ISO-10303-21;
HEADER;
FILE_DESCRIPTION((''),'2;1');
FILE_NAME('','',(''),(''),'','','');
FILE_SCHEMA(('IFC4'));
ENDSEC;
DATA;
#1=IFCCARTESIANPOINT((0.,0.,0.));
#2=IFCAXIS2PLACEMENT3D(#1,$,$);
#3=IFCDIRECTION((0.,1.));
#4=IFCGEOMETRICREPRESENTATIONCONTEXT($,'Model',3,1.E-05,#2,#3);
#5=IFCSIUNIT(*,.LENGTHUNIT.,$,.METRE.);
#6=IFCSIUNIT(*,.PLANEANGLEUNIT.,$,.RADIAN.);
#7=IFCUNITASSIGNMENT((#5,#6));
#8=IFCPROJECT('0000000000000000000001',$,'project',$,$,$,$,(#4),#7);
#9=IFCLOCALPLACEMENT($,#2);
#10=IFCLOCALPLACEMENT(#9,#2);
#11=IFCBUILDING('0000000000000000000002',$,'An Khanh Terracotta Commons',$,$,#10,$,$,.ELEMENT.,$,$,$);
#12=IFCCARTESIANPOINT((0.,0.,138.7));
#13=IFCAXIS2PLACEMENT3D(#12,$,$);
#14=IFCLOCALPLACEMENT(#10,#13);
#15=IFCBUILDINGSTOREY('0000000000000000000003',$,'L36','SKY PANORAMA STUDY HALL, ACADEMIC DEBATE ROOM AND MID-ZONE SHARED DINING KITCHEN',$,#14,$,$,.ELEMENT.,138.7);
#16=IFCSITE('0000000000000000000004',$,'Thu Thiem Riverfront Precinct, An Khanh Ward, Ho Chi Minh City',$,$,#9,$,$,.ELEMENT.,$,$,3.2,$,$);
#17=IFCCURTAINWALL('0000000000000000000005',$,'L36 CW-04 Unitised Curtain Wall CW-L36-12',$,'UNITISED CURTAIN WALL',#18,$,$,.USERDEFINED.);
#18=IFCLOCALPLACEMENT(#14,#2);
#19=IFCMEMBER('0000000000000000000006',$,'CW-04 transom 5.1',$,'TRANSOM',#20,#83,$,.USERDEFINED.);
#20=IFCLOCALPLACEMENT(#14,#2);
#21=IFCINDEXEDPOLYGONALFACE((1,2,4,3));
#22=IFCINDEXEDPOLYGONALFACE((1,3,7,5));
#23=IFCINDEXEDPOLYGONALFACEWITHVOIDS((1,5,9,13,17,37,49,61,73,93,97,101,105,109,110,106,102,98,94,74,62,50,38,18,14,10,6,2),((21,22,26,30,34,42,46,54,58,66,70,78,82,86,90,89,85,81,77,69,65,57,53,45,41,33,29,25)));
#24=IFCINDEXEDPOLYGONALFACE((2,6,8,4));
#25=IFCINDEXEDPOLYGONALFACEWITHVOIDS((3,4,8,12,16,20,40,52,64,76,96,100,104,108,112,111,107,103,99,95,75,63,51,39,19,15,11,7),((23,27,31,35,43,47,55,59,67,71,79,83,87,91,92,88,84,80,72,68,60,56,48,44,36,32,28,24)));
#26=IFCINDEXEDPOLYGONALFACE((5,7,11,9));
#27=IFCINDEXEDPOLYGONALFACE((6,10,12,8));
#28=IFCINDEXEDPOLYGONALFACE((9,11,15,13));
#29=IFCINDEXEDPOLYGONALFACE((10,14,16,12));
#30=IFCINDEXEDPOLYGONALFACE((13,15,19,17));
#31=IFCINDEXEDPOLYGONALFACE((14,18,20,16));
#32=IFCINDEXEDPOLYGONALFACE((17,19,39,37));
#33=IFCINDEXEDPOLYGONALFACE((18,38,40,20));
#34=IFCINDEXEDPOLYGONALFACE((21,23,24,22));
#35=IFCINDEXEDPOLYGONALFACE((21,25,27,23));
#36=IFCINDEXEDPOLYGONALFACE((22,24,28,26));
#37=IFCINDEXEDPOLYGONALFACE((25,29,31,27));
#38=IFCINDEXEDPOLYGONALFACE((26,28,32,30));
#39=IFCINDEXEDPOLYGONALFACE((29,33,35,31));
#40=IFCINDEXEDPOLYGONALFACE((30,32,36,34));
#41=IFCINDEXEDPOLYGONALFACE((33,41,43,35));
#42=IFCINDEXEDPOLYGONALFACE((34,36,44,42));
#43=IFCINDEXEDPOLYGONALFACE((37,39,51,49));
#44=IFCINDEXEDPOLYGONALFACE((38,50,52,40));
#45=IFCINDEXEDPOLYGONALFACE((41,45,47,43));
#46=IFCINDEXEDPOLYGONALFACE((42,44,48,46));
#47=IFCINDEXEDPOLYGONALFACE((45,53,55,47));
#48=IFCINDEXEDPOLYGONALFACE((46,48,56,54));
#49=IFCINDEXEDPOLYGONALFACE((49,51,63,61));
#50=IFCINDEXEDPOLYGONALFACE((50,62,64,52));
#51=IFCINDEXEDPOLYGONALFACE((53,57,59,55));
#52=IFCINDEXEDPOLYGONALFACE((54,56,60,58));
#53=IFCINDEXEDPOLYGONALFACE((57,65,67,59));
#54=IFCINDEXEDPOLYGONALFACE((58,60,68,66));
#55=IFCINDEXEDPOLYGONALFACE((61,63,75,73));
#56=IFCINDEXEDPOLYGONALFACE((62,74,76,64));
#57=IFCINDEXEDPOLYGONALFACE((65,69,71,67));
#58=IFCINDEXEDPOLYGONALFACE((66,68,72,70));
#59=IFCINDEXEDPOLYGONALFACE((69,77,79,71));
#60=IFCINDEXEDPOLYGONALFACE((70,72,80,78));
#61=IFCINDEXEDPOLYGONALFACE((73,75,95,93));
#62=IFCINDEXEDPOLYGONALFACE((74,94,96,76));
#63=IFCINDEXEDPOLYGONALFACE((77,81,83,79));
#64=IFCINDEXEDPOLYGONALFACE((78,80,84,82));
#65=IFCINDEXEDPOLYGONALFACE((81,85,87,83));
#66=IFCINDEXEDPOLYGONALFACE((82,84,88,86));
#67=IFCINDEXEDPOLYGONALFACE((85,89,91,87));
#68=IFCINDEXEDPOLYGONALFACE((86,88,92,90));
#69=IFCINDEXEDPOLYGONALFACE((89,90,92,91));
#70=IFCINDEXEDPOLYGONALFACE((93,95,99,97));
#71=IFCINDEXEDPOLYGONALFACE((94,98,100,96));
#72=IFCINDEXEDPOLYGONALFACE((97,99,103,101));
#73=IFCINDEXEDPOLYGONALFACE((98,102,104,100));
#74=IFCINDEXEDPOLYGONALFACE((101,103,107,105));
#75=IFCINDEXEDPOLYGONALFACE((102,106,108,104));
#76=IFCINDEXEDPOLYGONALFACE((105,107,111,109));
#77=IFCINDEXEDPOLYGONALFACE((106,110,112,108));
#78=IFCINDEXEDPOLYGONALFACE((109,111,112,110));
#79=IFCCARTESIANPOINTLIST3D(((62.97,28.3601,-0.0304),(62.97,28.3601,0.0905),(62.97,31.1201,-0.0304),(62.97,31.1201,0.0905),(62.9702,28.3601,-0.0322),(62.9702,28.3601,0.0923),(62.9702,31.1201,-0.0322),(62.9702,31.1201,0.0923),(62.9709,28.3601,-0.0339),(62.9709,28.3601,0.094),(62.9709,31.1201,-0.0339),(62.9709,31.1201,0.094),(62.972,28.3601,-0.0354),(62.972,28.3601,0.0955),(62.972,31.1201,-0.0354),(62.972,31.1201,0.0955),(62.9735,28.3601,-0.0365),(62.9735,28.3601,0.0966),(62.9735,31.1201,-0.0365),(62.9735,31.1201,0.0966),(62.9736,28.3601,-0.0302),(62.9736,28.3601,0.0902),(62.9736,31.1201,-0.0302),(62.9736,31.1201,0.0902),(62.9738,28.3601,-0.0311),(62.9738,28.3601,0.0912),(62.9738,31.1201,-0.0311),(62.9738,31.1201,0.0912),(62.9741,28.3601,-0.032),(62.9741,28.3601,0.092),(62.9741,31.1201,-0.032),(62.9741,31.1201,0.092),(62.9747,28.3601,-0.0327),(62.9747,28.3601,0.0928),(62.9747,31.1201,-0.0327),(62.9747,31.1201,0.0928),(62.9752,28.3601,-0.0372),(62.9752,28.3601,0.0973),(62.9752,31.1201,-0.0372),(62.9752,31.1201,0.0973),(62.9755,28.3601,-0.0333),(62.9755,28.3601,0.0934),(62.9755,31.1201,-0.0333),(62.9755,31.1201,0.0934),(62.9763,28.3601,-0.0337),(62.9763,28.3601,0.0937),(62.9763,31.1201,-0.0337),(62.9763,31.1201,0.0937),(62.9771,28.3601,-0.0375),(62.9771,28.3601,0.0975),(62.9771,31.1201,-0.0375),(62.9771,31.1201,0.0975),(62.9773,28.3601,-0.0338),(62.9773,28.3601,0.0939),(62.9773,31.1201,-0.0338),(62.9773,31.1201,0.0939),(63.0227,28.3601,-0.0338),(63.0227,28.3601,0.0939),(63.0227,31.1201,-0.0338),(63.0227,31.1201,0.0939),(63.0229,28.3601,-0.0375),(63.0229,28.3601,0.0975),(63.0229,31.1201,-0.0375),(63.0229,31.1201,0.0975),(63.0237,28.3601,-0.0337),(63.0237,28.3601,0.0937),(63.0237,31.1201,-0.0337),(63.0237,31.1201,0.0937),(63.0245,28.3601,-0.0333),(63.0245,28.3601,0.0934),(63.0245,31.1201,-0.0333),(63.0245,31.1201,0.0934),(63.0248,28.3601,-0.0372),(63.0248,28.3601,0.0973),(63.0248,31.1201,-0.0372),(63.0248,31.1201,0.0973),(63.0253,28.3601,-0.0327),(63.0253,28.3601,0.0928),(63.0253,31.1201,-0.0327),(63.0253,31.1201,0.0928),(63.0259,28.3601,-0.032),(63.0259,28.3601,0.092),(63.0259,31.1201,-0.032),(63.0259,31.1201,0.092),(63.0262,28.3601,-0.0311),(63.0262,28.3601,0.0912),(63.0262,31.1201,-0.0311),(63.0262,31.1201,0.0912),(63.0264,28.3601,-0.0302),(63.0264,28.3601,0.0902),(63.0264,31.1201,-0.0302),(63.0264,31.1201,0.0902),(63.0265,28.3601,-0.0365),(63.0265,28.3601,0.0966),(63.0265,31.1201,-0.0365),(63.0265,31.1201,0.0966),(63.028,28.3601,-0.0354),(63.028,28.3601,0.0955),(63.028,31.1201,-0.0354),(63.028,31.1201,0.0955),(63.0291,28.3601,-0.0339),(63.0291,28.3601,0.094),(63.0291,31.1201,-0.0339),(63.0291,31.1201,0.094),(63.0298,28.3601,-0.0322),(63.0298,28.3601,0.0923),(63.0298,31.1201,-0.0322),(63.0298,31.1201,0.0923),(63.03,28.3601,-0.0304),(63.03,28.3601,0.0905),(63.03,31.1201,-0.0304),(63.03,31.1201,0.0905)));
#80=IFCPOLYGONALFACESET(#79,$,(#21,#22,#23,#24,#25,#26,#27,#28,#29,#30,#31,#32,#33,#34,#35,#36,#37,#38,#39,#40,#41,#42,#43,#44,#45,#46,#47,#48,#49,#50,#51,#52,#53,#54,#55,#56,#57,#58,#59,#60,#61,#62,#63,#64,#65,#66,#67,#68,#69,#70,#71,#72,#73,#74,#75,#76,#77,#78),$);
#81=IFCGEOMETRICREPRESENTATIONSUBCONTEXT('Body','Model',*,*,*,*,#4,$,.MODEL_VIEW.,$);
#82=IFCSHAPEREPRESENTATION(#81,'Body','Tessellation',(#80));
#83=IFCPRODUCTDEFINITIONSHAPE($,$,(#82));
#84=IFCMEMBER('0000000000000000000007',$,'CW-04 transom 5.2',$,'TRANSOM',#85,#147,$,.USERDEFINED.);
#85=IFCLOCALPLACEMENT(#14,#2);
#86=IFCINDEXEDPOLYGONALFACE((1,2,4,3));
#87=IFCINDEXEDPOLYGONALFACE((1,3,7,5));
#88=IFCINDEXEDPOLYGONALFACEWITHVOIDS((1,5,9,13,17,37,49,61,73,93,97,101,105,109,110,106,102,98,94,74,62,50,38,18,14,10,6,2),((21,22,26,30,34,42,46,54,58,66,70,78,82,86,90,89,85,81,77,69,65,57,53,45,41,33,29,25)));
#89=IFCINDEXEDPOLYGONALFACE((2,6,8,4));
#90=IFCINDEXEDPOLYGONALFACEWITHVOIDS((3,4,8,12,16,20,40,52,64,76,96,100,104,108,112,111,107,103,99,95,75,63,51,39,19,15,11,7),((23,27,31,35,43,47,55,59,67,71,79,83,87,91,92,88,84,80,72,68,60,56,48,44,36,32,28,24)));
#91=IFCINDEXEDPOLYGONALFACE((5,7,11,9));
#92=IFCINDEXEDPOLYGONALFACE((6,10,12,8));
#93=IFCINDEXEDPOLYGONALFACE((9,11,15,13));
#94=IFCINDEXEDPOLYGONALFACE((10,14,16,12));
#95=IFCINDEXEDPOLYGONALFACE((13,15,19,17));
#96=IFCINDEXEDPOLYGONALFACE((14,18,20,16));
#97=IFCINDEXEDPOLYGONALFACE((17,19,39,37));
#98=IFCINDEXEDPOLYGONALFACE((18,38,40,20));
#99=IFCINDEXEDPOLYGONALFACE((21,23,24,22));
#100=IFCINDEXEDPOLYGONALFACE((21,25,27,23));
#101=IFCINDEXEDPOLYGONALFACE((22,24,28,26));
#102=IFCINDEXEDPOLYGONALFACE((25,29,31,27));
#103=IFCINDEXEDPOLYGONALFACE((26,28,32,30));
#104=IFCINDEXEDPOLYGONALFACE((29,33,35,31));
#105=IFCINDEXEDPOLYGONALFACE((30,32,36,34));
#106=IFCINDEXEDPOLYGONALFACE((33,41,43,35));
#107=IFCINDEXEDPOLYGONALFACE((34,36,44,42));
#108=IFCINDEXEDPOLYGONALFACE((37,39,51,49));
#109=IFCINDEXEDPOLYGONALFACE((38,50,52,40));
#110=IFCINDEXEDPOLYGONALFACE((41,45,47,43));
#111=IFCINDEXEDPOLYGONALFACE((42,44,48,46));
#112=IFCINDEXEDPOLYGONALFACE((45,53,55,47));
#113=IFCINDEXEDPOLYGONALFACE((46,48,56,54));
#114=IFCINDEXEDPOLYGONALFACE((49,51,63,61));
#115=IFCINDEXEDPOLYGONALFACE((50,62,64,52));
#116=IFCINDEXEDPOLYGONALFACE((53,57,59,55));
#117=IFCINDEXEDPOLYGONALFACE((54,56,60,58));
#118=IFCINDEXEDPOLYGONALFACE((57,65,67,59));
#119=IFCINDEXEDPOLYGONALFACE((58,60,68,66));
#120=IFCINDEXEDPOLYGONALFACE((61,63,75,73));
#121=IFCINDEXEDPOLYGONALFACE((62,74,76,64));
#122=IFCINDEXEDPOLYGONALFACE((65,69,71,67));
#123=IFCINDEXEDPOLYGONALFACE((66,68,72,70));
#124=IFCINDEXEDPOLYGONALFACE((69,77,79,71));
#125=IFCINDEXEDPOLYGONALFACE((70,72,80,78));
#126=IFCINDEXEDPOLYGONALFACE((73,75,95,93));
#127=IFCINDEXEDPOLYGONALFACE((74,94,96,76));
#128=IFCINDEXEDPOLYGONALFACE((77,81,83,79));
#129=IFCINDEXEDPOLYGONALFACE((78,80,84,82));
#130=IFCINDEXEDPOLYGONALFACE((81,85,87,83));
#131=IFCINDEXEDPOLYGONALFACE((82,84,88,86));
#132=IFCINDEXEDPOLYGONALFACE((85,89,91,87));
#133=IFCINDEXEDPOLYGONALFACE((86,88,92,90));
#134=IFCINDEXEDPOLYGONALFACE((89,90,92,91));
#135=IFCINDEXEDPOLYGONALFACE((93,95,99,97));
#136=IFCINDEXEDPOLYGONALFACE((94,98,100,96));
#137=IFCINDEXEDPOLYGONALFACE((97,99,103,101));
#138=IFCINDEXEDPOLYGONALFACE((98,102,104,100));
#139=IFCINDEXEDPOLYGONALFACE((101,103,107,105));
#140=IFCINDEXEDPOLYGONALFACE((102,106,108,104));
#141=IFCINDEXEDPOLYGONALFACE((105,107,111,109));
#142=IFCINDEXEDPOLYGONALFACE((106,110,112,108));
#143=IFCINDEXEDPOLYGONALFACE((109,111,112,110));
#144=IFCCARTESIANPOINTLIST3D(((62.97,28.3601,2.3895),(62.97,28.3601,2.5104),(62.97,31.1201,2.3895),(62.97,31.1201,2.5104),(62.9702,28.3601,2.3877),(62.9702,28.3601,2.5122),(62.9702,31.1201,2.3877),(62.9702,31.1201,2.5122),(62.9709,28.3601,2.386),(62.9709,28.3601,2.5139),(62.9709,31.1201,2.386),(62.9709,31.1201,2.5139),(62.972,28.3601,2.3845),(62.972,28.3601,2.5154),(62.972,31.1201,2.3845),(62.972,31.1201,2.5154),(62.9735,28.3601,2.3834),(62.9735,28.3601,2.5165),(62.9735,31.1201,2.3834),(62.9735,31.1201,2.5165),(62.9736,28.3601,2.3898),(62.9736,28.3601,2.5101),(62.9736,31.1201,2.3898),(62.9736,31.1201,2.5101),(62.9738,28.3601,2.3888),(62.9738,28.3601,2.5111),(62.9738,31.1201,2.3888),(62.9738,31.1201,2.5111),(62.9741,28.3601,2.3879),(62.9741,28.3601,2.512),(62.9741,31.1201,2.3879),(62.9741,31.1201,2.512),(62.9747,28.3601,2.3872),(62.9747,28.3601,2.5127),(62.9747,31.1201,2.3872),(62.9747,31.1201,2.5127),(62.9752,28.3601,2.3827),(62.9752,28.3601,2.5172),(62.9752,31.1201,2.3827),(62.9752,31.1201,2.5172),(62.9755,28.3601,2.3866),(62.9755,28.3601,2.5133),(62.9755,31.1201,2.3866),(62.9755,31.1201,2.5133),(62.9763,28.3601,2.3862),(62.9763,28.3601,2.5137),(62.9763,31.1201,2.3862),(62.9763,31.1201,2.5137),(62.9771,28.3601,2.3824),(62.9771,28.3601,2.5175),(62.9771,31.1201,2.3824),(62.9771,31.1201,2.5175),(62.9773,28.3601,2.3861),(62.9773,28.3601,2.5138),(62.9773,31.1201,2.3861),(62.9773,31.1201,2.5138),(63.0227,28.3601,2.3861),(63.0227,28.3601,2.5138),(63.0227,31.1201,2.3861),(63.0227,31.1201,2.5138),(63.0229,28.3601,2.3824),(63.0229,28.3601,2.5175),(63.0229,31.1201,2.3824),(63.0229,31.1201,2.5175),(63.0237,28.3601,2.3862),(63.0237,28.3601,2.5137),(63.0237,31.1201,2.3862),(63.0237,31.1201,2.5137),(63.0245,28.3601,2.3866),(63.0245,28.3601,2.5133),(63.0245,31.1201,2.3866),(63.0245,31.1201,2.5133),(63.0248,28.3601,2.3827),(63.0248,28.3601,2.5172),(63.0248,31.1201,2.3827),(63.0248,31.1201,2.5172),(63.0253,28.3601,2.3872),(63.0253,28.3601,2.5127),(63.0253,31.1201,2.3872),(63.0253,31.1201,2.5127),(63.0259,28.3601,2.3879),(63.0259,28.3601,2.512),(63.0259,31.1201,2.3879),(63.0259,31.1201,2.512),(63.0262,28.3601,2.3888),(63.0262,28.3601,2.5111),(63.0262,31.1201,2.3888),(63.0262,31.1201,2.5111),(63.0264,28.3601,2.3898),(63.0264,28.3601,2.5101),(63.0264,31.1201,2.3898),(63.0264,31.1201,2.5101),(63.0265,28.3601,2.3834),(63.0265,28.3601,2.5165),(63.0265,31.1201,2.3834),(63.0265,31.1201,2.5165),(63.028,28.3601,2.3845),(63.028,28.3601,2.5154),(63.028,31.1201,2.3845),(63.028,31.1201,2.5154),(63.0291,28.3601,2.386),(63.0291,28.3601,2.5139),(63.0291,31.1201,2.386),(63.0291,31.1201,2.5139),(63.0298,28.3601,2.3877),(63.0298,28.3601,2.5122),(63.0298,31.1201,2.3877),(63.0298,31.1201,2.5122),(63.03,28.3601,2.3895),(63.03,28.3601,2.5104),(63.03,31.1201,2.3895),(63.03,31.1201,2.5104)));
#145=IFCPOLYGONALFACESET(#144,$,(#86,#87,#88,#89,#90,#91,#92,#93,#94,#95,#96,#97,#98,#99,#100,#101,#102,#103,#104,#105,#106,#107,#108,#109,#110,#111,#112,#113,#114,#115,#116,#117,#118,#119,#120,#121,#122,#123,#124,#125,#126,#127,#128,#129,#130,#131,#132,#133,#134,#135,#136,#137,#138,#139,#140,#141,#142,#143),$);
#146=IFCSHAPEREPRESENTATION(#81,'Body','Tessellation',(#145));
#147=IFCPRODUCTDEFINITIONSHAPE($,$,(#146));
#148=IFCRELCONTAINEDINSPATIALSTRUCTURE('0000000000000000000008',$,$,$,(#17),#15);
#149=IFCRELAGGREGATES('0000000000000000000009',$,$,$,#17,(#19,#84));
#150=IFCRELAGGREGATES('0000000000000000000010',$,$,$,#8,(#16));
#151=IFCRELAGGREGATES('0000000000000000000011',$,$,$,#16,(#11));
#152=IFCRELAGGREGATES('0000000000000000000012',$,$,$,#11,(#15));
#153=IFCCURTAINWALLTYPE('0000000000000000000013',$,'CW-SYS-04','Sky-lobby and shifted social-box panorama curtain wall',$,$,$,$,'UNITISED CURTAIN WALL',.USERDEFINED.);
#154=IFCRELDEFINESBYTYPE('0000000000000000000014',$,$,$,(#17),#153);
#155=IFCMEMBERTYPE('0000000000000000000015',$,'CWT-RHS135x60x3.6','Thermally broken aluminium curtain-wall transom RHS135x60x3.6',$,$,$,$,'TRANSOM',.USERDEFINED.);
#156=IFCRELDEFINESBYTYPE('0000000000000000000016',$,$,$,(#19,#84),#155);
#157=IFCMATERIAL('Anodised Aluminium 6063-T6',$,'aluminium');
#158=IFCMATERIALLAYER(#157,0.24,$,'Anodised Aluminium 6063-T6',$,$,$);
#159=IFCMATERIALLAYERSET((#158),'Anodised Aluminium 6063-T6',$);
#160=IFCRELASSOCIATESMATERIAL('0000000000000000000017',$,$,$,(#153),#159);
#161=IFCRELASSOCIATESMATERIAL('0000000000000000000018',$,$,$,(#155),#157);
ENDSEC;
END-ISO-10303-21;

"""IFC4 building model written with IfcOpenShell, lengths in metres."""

from ifc_helpers import new_model, si_unit, direction, frame, origin, origin_2d, place, context, subcontext, project, spatial, hollow_rectangle, extrude, material, layer, layer_set, material_profile, profile_set, type_object, element, aggregate, save


model = new_model("IFC4")

# Units and contexts
model_context = context("Model", 3, precision=1e-05, world=origin(), true_north=direction((0.0, 1.0)))
body_context = subcontext(model_context, "Body", "Model", "MODEL_VIEW")
ifc_project = project(units=[si_unit("LENGTHUNIT", "METRE"), si_unit("PLANEANGLEUNIT", "RADIAN")], contexts=[model_context])

# Site, building, storey
site_placement = place(None, origin())
site = spatial("IfcSite", under=ifc_project, at=site_placement, Name="Thu Thiem Riverfront Precinct, An Khanh Ward, Ho Chi Minh City", CompositionType="ELEMENT", RefElevation=3.2)
building_placement = place(site_placement, origin())
building = spatial("IfcBuilding", under=site, at=building_placement, Name="An Khanh Terracotta Commons", CompositionType="ELEMENT")
storey_placement = place(building_placement, frame((0.0, 0.0, 138.7)))
storey = spatial("IfcBuildingStorey", under=building, at=storey_placement, Name="L36", Description="SKY PANORAMA STUDY HALL, ACADEMIC DEBATE ROOM AND MID-ZONE SHARED DINING KITCHEN", CompositionType="ELEMENT", Elevation=138.7)

# Curtain wall
ifc_material_1 = material(Name="Anodised Aluminium 6063-T6", Category="aluminium")
ifc_layer_1 = layer(ifc_material_1, 0.24, Name="Anodised Aluminium 6063-T6")
ifc_layer_set_1 = layer_set([ifc_layer_1], Name="Anodised Aluminium 6063-T6")
curtain_wall_type = type_object("IfcCurtainWallType", Name="CW-SYS-04", Description="Sky-lobby and shifted social-box panorama curtain wall", ElementType="UNITISED CURTAIN WALL", PredefinedType="USERDEFINED", material=ifc_layer_set_1)
curtain_wall_1_placement = place(storey_placement, origin())
curtain_wall_1 = element("IfcCurtainWall", 1, at=curtain_wall_1_placement, inside=storey, type_object=curtain_wall_type, Name="L36 CW-04 Unitised Curtain Wall CW-L36-12", ObjectType="UNITISED CURTAIN WALL", PredefinedType="USERDEFINED")

# Members
ifc_material_profile_1 = material_profile(ifc_material_1, hollow_rectangle(XDim=0.0601, YDim=0.135, WallThickness=0.0037, InnerFilletRadius=0.0037, OuterFilletRadius=0.0071, at=origin_2d()), Name="RHS135x60x3.6")
ifc_profile_set_1 = profile_set([ifc_material_profile_1], Name="Anodised Aluminium 6063-T6")
member_type_1 = type_object("IfcMemberType", Name="CWT-RHS135x60x3.6", Description="Thermally broken aluminium curtain-wall transom RHS135x60x3.6", ElementType="TRANSOM", PredefinedType="USERDEFINED", material=ifc_profile_set_1)
member_1_placement = place(storey_placement, frame((63.0, 28.3601, 0.03), z_axis=(0.0, 1.0, 0.0), x_axis=(-1.0, 0.0, 0.0)))
member_1 = element("IfcMember", 2, at=member_1_placement, type_object=member_type_1, Name="CW-04 transom 5.1", ObjectType="TRANSOM", PredefinedType="USERDEFINED", context=body_context, shape_type="SweptSolid", body=[
    extrude(hollow_rectangle(XDim=0.0601, YDim=0.135, WallThickness=0.0037, InnerFilletRadius=0.0037, OuterFilletRadius=0.0071, at=origin_2d()), origin(), (0.0, 0.0, 1.0), 2.76),
])
member_2_placement = place(storey_placement, frame((63.0, 28.3601, 2.45), z_axis=(0.0, 1.0, 0.0), x_axis=(-1.0, 0.0, 0.0)))
member_2 = element("IfcMember", 3, at=member_2_placement, type_object=member_type_1, Name="CW-04 transom 5.2", ObjectType="TRANSOM", PredefinedType="USERDEFINED", context=body_context, shape_type="SweptSolid", body=[
    extrude(hollow_rectangle(XDim=0.0601, YDim=0.135, WallThickness=0.0037, InnerFilletRadius=0.0037, OuterFilletRadius=0.0071, at=origin_2d()), origin(), (0.0, 0.0, 1.0), 2.76),
])

aggregate(curtain_wall_1, [member_1, member_2])

save(model, "model.ifc")
